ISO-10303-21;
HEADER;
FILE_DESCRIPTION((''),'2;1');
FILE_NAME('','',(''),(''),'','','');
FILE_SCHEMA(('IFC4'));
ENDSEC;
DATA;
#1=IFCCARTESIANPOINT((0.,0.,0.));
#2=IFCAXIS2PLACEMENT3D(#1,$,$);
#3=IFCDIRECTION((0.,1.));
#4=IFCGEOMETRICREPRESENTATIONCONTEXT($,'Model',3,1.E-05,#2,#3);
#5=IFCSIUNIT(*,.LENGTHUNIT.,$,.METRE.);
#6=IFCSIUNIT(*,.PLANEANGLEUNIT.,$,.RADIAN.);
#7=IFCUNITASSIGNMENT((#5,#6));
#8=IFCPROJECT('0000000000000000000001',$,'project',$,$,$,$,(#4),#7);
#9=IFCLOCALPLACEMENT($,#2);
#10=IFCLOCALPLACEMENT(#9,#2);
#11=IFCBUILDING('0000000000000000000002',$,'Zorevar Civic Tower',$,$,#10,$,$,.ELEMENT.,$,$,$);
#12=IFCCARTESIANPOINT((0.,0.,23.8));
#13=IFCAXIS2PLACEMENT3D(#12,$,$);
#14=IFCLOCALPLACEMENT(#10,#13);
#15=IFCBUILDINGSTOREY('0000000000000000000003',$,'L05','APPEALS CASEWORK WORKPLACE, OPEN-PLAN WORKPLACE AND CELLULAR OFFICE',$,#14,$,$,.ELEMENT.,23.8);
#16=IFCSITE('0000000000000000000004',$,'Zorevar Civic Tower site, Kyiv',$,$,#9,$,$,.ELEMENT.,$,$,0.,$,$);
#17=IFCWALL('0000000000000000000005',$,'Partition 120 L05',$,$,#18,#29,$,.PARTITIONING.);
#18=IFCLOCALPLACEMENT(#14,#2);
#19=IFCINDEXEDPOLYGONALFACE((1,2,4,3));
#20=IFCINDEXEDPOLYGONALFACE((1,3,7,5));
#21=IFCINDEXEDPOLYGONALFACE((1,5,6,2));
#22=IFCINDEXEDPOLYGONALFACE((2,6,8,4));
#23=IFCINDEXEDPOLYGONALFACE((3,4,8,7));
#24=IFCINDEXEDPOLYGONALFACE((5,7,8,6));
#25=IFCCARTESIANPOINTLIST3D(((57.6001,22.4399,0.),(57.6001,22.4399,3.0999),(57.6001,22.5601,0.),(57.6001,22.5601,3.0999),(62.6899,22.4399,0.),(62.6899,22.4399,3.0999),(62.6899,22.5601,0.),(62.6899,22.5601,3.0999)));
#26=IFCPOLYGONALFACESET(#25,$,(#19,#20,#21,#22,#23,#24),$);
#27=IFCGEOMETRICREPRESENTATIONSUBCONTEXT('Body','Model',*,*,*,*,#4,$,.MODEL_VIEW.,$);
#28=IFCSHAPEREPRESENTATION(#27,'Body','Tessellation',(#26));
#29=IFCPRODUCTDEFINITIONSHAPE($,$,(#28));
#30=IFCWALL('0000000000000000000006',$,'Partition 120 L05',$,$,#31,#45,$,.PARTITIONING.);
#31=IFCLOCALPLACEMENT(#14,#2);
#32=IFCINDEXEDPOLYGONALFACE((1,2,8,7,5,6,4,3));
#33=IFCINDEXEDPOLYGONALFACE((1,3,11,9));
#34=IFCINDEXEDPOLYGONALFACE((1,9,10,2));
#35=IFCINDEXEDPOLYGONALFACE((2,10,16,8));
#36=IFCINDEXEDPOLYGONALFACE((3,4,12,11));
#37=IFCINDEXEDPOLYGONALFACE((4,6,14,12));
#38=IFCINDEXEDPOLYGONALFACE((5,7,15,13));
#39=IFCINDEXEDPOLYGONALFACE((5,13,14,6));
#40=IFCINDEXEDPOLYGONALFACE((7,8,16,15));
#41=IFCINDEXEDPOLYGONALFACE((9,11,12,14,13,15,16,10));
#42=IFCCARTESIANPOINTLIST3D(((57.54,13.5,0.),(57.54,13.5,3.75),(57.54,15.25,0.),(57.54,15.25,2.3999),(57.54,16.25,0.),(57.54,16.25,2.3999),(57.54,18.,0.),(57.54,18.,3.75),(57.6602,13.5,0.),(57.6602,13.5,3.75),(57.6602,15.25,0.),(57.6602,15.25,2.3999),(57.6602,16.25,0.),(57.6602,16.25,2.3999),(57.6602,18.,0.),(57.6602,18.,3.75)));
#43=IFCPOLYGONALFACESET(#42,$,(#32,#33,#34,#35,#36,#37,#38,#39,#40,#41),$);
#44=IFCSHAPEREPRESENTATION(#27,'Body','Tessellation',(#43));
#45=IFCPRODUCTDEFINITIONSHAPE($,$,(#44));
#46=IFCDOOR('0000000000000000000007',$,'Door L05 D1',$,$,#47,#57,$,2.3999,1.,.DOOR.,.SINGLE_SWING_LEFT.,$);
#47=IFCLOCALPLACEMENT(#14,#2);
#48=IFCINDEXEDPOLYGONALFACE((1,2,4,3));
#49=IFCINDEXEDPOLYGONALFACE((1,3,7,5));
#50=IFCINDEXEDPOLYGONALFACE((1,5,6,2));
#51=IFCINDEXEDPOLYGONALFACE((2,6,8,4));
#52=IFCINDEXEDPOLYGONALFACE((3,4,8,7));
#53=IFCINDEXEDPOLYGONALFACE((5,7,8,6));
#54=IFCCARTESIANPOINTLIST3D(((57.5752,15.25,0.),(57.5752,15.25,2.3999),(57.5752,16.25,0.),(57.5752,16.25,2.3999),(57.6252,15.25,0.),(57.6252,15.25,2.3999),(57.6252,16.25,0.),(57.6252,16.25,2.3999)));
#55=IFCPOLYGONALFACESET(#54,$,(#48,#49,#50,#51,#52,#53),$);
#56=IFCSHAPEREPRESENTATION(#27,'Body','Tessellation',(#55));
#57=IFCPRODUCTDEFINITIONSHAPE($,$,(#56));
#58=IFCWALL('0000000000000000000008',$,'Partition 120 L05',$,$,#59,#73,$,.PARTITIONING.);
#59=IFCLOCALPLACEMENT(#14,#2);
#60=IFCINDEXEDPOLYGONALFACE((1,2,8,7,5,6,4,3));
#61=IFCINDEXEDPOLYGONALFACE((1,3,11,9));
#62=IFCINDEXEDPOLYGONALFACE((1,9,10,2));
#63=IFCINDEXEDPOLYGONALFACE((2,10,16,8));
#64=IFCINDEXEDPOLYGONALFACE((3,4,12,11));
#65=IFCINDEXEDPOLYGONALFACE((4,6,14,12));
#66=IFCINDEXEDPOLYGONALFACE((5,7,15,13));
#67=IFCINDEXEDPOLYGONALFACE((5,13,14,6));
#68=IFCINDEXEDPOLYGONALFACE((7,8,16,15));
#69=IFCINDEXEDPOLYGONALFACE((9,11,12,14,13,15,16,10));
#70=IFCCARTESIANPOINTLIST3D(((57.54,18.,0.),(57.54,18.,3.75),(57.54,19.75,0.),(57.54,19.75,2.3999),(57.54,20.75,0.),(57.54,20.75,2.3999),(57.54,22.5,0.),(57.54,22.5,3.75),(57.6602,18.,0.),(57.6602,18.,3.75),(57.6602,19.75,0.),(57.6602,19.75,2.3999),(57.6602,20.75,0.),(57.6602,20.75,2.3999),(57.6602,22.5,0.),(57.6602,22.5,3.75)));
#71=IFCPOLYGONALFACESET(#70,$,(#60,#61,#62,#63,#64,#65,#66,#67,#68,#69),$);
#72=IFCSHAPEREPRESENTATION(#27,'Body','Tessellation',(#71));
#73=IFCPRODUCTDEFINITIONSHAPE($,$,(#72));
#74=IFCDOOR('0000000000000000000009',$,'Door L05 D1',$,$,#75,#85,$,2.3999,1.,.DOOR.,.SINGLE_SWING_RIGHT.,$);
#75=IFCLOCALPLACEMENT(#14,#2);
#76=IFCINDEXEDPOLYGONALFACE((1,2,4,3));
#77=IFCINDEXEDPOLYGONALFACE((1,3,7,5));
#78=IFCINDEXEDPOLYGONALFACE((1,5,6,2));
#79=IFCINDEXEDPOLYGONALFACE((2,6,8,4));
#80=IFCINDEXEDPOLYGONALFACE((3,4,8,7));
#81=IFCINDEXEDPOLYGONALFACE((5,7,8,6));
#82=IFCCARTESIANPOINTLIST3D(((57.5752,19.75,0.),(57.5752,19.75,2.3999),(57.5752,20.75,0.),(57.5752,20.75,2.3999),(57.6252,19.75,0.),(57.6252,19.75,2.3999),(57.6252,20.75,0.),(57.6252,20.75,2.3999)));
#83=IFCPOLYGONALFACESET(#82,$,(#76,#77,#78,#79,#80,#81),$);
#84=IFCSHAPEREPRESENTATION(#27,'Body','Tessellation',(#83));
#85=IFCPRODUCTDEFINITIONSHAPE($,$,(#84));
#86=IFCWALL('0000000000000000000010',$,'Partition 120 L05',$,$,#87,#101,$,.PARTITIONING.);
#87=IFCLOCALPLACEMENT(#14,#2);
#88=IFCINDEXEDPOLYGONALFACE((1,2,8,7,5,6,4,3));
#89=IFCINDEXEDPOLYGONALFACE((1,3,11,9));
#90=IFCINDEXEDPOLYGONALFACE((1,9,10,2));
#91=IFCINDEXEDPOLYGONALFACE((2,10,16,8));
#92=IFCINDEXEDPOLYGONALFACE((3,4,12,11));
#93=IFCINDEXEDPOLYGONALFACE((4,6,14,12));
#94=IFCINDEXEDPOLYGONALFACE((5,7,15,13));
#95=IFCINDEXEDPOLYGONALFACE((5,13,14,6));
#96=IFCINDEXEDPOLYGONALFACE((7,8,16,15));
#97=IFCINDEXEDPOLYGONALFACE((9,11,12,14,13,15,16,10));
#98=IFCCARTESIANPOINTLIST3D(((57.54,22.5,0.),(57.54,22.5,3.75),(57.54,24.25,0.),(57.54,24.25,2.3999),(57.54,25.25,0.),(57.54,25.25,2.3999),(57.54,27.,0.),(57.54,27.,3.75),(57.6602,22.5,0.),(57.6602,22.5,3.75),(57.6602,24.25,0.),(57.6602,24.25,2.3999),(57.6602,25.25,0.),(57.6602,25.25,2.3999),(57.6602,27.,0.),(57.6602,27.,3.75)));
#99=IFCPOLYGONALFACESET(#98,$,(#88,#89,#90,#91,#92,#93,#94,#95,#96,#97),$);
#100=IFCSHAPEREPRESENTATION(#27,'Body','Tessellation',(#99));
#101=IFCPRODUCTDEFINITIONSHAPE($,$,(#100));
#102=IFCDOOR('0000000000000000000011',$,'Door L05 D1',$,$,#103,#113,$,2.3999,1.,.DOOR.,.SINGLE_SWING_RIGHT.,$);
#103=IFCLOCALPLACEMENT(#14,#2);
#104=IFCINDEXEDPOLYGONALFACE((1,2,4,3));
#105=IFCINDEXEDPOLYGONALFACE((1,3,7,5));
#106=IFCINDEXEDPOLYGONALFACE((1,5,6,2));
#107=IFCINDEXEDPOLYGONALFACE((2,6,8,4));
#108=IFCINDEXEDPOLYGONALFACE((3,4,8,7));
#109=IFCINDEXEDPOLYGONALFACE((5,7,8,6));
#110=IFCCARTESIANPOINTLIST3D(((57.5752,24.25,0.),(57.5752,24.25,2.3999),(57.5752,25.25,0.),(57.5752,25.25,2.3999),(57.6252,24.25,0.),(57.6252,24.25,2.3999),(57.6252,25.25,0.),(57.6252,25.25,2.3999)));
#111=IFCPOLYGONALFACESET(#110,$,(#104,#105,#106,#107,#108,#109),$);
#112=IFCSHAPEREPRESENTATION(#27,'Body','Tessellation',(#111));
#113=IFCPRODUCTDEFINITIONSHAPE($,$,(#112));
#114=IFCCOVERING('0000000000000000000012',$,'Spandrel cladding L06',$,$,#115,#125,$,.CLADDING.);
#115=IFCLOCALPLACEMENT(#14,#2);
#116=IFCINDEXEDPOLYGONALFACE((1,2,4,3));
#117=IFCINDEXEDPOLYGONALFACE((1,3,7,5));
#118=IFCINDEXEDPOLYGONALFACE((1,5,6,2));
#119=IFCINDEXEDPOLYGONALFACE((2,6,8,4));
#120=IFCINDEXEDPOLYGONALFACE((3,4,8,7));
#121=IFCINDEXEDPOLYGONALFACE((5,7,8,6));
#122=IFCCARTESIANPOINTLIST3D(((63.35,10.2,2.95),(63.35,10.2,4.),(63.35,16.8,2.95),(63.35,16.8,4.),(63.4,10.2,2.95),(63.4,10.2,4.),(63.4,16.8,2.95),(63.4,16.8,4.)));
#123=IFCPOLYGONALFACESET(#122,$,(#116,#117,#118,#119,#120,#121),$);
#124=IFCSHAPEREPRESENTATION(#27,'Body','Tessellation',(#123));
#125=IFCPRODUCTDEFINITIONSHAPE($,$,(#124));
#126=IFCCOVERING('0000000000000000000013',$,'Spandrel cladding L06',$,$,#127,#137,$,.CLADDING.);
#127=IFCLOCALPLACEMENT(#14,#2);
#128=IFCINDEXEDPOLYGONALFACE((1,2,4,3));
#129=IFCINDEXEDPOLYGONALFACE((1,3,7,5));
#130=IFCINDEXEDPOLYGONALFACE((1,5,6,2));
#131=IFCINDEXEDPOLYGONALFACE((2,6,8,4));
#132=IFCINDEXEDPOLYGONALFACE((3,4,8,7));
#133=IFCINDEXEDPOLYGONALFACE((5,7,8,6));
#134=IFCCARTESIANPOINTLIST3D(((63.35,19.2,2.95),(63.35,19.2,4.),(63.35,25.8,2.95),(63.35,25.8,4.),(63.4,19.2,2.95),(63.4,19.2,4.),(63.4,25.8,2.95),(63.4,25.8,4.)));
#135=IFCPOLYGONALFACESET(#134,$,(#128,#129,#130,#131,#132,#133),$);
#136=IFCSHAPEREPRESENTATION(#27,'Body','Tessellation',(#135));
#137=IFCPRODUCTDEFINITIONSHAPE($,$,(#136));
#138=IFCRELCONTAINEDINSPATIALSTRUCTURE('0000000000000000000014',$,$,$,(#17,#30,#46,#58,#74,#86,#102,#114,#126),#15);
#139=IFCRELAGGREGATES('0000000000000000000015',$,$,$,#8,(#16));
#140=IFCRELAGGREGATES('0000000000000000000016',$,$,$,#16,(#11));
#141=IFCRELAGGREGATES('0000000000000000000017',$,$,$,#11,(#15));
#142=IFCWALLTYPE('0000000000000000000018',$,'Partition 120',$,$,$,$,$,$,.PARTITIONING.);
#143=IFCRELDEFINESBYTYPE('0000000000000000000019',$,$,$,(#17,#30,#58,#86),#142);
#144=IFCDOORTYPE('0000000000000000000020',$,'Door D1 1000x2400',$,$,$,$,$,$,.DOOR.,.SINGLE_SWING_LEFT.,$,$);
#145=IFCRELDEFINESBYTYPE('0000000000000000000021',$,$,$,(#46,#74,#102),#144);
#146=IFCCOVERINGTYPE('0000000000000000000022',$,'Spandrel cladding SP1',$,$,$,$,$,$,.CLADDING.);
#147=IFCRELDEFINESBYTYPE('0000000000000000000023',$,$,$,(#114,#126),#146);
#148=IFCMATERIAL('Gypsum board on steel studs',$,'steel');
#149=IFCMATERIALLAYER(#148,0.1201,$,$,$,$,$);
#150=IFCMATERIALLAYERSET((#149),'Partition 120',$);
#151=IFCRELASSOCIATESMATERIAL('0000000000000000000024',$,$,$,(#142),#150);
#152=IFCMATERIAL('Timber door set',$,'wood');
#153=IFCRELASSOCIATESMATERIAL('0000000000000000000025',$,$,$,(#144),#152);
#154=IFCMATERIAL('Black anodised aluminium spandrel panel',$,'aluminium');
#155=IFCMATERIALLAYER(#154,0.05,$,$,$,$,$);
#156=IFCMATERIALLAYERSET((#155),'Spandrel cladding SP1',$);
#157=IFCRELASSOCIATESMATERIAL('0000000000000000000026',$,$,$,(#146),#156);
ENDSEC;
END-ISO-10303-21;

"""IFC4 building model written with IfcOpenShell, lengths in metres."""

from ifc_helpers import new_model, si_unit, direction, frame, frame_2d, origin, place, context, subcontext, project, spatial, rectangle, extrude, material, layer, layer_set, type_object, element, fill, save


model = new_model("IFC4")

# Units and contexts
model_context = context("Model", 3, precision=1e-05, world=origin(), true_north=direction((0.0, 1.0)))
body_context = subcontext(model_context, "Body", "Model", "MODEL_VIEW")
ifc_project = project(units=[si_unit("LENGTHUNIT", "METRE"), si_unit("PLANEANGLEUNIT", "RADIAN")], contexts=[model_context])

# Site, building, storey
site_placement = place(None, origin())
site = spatial("IfcSite", under=ifc_project, at=site_placement, Name="Zorevar Civic Tower site, Kyiv", CompositionType="ELEMENT", RefElevation=0.0)
building_placement = place(site_placement, origin())
building = spatial("IfcBuilding", under=site, at=building_placement, Name="Zorevar Civic Tower", CompositionType="ELEMENT")
storey_placement = place(building_placement, frame((0.0, 0.0, 23.8)))
storey = spatial("IfcBuildingStorey", under=building, at=storey_placement, Name="L05", Description="APPEALS CASEWORK WORKPLACE, OPEN-PLAN WORKPLACE AND CELLULAR OFFICE", CompositionType="ELEMENT", Elevation=23.8)

# Wall
ifc_material_1 = material(Name="Gypsum board on steel studs", Category="steel")
ifc_layer_1 = layer(ifc_material_1, 0.1201)
ifc_layer_set_1 = layer_set([ifc_layer_1], Name="Partition 120")
wall_type_1 = type_object("IfcWallType", Name="Partition 120", PredefinedType="PARTITIONING", material=ifc_layer_set_1)
wall_1_placement = place(storey_placement, frame((57.6001, 22.5, 0.0), z_axis=(0.0, 0.0, 1.0), x_axis=(1.0, 0.0, 0.0)))
element("IfcWall", 1, at=wall_1_placement, inside=storey, type_object=wall_type_1, Name="Partition 120 L05", PredefinedType="PARTITIONING", context=body_context, shape_type="SweptSolid", body=[
    extrude(rectangle(XDim=5.0898, YDim=0.1201, at=frame_2d((2.5449, 0.0))), origin(), (0.0, 0.0, 1.0), 3.0999),
])

# Walls, openings, doors
wall_2_placement = place(storey_placement, frame((57.6001, 13.5, 0.0), z_axis=(0.0, 0.0, 1.0), x_axis=(0.0, 1.0, 0.0)))
wall_2 = element("IfcWall", 2, at=wall_2_placement, inside=storey, type_object=wall_type_1, Name="Partition 120 L05", PredefinedType="PARTITIONING", context=body_context, shape_type="SweptSolid", body=[
    extrude(rectangle(XDim=4.5, YDim=0.1201, at=frame_2d((2.25, 0.0))), origin(), (0.0, 0.0, 1.0), 3.75),
])
opening_1_placement = place(wall_2_placement, frame((1.75, 0.0, 0.0)))
opening_1 = element("IfcOpeningElement", 3, at=opening_1_placement, cuts=wall_2, PredefinedType="OPENING", context=body_context, shape_type="SweptSolid", body=[
    extrude(rectangle(XDim=1.0, YDim=2.3999, at=frame_2d((0.5, 1.2))), frame((0.0, 0.0701, 0.0), z_axis=(0.0, -1.0, 0.0), x_axis=(1.0, 0.0, 0.0)), (0.0, 0.0, 1.0), 0.1401),
])
ifc_material_2 = material(Name="Timber door set", Category="wood")
door_type = type_object("IfcDoorType", Name="Door D1 1000x2400", OperationType="SINGLE_SWING_LEFT", PredefinedType="DOOR", material=ifc_material_2)
door_1_placement = place(opening_1_placement, origin())
door_1 = element("IfcDoor", 4, at=door_1_placement, inside=storey, type_object=door_type, Name="Door L05 D1", OperationType="SINGLE_SWING_LEFT", OverallHeight=2.3999, OverallWidth=1.0, PredefinedType="DOOR", context=body_context, shape_type="SweptSolid", body=[
    extrude(rectangle(XDim=1.0, YDim=2.3999, at=frame_2d((0.5, 1.2))), frame((0.0, 0.0249, 0.0), z_axis=(0.0, -1.0, 0.0), x_axis=(1.0, 0.0, 0.0)), (0.0, 0.0, 1.0), 0.05),
])
fill(opening_1, door_1)
wall_3_placement = place(storey_placement, frame((57.6001, 18.0, 0.0), z_axis=(0.0, 0.0, 1.0), x_axis=(0.0, 1.0, 0.0)))
wall_3 = element("IfcWall", 5, at=wall_3_placement, inside=storey, type_object=wall_type_1, Name="Partition 120 L05", PredefinedType="PARTITIONING", context=body_context, shape_type="SweptSolid", body=[
    extrude(rectangle(XDim=4.5, YDim=0.1201, at=frame_2d((2.25, 0.0))), origin(), (0.0, 0.0, 1.0), 3.75),
])
opening_2_placement = place(wall_3_placement, frame((1.75, 0.0, 0.0)))
opening_2 = element("IfcOpeningElement", 6, at=opening_2_placement, cuts=wall_3, PredefinedType="OPENING", context=body_context, shape_type="SweptSolid", body=[
    extrude(rectangle(XDim=1.0, YDim=2.3999, at=frame_2d((0.5, 1.2))), frame((0.0, 0.0701, 0.0), z_axis=(0.0, -1.0, 0.0), x_axis=(1.0, 0.0, 0.0)), (0.0, 0.0, 1.0), 0.1401),
])
door_2_placement = place(opening_2_placement, origin())
door_2 = element("IfcDoor", 7, at=door_2_placement, inside=storey, type_object=door_type, Name="Door L05 D1", OperationType="SINGLE_SWING_RIGHT", OverallHeight=2.3999, OverallWidth=1.0, PredefinedType="DOOR", context=body_context, shape_type="SweptSolid", body=[
    extrude(rectangle(XDim=1.0, YDim=2.3999, at=frame_2d((0.5, 1.2))), frame((0.0, 0.0249, 0.0), z_axis=(0.0, -1.0, 0.0), x_axis=(1.0, 0.0, 0.0)), (0.0, 0.0, 1.0), 0.05),
])
fill(opening_2, door_2)
wall_4_placement = place(storey_placement, frame((57.6001, 22.5, 0.0), z_axis=(0.0, 0.0, 1.0), x_axis=(0.0, 1.0, 0.0)))
wall_4 = element("IfcWall", 8, at=wall_4_placement, inside=storey, type_object=wall_type_1, Name="Partition 120 L05", PredefinedType="PARTITIONING", context=body_context, shape_type="SweptSolid", body=[
    extrude(rectangle(XDim=4.5, YDim=0.1201, at=frame_2d((2.25, 0.0))), origin(), (0.0, 0.0, 1.0), 3.75),
])
opening_3_placement = place(wall_4_placement, frame((1.75, 0.0, 0.0)))
opening_3 = element("IfcOpeningElement", 9, at=opening_3_placement, cuts=wall_4, PredefinedType="OPENING", context=body_context, shape_type="SweptSolid", body=[
    extrude(rectangle(XDim=1.0, YDim=2.3999, at=frame_2d((0.5, 1.2))), frame((0.0, 0.0701, 0.0), z_axis=(0.0, -1.0, 0.0), x_axis=(1.0, 0.0, 0.0)), (0.0, 0.0, 1.0), 0.1401),
])
door_3_placement = place(opening_3_placement, origin())
door_3 = element("IfcDoor", 10, at=door_3_placement, inside=storey, type_object=door_type, Name="Door L05 D1", OperationType="SINGLE_SWING_RIGHT", OverallHeight=2.3999, OverallWidth=1.0, PredefinedType="DOOR", context=body_context, shape_type="SweptSolid", body=[
    extrude(rectangle(XDim=1.0, YDim=2.3999, at=frame_2d((0.5, 1.2))), frame((0.0, 0.0249, 0.0), z_axis=(0.0, -1.0, 0.0), x_axis=(1.0, 0.0, 0.0)), (0.0, 0.0, 1.0), 0.05),
])
fill(opening_3, door_3)

# Coverings
ifc_material_3 = material(Name="Black anodised aluminium spandrel panel", Category="aluminium")
ifc_layer_2 = layer(ifc_material_3, 0.05)
ifc_layer_set_2 = layer_set([ifc_layer_2], Name="Spandrel cladding SP1")
covering_type = type_object("IfcCoveringType", Name="Spandrel cladding SP1", PredefinedType="CLADDING", material=ifc_layer_set_2)
for number, where, z_axis, x_axis, name in (
    (11, (63.375, 10.2, 2.95), (0.0, 0.0, 1.0), (0.0, 1.0, 0.0), "Spandrel cladding L06"),
    (12, (63.375, 19.2, 2.95), (0.0, 0.0, 1.0), (0.0, 1.0, 0.0), "Spandrel cladding L06"),
):
    element("IfcCovering", number, at=place(storey_placement, frame(where, z_axis=z_axis, x_axis=x_axis)), inside=storey, type_object=covering_type, Name=name, PredefinedType="CLADDING", context=body_context, shape_type="SweptSolid", body=[
        extrude(rectangle(XDim=6.6001, YDim=0.05, at=frame_2d((3.3, 0.0))), origin(), (0.0, 0.0, 1.0), 1.05),
    ])

save(model, "model.ifc")
